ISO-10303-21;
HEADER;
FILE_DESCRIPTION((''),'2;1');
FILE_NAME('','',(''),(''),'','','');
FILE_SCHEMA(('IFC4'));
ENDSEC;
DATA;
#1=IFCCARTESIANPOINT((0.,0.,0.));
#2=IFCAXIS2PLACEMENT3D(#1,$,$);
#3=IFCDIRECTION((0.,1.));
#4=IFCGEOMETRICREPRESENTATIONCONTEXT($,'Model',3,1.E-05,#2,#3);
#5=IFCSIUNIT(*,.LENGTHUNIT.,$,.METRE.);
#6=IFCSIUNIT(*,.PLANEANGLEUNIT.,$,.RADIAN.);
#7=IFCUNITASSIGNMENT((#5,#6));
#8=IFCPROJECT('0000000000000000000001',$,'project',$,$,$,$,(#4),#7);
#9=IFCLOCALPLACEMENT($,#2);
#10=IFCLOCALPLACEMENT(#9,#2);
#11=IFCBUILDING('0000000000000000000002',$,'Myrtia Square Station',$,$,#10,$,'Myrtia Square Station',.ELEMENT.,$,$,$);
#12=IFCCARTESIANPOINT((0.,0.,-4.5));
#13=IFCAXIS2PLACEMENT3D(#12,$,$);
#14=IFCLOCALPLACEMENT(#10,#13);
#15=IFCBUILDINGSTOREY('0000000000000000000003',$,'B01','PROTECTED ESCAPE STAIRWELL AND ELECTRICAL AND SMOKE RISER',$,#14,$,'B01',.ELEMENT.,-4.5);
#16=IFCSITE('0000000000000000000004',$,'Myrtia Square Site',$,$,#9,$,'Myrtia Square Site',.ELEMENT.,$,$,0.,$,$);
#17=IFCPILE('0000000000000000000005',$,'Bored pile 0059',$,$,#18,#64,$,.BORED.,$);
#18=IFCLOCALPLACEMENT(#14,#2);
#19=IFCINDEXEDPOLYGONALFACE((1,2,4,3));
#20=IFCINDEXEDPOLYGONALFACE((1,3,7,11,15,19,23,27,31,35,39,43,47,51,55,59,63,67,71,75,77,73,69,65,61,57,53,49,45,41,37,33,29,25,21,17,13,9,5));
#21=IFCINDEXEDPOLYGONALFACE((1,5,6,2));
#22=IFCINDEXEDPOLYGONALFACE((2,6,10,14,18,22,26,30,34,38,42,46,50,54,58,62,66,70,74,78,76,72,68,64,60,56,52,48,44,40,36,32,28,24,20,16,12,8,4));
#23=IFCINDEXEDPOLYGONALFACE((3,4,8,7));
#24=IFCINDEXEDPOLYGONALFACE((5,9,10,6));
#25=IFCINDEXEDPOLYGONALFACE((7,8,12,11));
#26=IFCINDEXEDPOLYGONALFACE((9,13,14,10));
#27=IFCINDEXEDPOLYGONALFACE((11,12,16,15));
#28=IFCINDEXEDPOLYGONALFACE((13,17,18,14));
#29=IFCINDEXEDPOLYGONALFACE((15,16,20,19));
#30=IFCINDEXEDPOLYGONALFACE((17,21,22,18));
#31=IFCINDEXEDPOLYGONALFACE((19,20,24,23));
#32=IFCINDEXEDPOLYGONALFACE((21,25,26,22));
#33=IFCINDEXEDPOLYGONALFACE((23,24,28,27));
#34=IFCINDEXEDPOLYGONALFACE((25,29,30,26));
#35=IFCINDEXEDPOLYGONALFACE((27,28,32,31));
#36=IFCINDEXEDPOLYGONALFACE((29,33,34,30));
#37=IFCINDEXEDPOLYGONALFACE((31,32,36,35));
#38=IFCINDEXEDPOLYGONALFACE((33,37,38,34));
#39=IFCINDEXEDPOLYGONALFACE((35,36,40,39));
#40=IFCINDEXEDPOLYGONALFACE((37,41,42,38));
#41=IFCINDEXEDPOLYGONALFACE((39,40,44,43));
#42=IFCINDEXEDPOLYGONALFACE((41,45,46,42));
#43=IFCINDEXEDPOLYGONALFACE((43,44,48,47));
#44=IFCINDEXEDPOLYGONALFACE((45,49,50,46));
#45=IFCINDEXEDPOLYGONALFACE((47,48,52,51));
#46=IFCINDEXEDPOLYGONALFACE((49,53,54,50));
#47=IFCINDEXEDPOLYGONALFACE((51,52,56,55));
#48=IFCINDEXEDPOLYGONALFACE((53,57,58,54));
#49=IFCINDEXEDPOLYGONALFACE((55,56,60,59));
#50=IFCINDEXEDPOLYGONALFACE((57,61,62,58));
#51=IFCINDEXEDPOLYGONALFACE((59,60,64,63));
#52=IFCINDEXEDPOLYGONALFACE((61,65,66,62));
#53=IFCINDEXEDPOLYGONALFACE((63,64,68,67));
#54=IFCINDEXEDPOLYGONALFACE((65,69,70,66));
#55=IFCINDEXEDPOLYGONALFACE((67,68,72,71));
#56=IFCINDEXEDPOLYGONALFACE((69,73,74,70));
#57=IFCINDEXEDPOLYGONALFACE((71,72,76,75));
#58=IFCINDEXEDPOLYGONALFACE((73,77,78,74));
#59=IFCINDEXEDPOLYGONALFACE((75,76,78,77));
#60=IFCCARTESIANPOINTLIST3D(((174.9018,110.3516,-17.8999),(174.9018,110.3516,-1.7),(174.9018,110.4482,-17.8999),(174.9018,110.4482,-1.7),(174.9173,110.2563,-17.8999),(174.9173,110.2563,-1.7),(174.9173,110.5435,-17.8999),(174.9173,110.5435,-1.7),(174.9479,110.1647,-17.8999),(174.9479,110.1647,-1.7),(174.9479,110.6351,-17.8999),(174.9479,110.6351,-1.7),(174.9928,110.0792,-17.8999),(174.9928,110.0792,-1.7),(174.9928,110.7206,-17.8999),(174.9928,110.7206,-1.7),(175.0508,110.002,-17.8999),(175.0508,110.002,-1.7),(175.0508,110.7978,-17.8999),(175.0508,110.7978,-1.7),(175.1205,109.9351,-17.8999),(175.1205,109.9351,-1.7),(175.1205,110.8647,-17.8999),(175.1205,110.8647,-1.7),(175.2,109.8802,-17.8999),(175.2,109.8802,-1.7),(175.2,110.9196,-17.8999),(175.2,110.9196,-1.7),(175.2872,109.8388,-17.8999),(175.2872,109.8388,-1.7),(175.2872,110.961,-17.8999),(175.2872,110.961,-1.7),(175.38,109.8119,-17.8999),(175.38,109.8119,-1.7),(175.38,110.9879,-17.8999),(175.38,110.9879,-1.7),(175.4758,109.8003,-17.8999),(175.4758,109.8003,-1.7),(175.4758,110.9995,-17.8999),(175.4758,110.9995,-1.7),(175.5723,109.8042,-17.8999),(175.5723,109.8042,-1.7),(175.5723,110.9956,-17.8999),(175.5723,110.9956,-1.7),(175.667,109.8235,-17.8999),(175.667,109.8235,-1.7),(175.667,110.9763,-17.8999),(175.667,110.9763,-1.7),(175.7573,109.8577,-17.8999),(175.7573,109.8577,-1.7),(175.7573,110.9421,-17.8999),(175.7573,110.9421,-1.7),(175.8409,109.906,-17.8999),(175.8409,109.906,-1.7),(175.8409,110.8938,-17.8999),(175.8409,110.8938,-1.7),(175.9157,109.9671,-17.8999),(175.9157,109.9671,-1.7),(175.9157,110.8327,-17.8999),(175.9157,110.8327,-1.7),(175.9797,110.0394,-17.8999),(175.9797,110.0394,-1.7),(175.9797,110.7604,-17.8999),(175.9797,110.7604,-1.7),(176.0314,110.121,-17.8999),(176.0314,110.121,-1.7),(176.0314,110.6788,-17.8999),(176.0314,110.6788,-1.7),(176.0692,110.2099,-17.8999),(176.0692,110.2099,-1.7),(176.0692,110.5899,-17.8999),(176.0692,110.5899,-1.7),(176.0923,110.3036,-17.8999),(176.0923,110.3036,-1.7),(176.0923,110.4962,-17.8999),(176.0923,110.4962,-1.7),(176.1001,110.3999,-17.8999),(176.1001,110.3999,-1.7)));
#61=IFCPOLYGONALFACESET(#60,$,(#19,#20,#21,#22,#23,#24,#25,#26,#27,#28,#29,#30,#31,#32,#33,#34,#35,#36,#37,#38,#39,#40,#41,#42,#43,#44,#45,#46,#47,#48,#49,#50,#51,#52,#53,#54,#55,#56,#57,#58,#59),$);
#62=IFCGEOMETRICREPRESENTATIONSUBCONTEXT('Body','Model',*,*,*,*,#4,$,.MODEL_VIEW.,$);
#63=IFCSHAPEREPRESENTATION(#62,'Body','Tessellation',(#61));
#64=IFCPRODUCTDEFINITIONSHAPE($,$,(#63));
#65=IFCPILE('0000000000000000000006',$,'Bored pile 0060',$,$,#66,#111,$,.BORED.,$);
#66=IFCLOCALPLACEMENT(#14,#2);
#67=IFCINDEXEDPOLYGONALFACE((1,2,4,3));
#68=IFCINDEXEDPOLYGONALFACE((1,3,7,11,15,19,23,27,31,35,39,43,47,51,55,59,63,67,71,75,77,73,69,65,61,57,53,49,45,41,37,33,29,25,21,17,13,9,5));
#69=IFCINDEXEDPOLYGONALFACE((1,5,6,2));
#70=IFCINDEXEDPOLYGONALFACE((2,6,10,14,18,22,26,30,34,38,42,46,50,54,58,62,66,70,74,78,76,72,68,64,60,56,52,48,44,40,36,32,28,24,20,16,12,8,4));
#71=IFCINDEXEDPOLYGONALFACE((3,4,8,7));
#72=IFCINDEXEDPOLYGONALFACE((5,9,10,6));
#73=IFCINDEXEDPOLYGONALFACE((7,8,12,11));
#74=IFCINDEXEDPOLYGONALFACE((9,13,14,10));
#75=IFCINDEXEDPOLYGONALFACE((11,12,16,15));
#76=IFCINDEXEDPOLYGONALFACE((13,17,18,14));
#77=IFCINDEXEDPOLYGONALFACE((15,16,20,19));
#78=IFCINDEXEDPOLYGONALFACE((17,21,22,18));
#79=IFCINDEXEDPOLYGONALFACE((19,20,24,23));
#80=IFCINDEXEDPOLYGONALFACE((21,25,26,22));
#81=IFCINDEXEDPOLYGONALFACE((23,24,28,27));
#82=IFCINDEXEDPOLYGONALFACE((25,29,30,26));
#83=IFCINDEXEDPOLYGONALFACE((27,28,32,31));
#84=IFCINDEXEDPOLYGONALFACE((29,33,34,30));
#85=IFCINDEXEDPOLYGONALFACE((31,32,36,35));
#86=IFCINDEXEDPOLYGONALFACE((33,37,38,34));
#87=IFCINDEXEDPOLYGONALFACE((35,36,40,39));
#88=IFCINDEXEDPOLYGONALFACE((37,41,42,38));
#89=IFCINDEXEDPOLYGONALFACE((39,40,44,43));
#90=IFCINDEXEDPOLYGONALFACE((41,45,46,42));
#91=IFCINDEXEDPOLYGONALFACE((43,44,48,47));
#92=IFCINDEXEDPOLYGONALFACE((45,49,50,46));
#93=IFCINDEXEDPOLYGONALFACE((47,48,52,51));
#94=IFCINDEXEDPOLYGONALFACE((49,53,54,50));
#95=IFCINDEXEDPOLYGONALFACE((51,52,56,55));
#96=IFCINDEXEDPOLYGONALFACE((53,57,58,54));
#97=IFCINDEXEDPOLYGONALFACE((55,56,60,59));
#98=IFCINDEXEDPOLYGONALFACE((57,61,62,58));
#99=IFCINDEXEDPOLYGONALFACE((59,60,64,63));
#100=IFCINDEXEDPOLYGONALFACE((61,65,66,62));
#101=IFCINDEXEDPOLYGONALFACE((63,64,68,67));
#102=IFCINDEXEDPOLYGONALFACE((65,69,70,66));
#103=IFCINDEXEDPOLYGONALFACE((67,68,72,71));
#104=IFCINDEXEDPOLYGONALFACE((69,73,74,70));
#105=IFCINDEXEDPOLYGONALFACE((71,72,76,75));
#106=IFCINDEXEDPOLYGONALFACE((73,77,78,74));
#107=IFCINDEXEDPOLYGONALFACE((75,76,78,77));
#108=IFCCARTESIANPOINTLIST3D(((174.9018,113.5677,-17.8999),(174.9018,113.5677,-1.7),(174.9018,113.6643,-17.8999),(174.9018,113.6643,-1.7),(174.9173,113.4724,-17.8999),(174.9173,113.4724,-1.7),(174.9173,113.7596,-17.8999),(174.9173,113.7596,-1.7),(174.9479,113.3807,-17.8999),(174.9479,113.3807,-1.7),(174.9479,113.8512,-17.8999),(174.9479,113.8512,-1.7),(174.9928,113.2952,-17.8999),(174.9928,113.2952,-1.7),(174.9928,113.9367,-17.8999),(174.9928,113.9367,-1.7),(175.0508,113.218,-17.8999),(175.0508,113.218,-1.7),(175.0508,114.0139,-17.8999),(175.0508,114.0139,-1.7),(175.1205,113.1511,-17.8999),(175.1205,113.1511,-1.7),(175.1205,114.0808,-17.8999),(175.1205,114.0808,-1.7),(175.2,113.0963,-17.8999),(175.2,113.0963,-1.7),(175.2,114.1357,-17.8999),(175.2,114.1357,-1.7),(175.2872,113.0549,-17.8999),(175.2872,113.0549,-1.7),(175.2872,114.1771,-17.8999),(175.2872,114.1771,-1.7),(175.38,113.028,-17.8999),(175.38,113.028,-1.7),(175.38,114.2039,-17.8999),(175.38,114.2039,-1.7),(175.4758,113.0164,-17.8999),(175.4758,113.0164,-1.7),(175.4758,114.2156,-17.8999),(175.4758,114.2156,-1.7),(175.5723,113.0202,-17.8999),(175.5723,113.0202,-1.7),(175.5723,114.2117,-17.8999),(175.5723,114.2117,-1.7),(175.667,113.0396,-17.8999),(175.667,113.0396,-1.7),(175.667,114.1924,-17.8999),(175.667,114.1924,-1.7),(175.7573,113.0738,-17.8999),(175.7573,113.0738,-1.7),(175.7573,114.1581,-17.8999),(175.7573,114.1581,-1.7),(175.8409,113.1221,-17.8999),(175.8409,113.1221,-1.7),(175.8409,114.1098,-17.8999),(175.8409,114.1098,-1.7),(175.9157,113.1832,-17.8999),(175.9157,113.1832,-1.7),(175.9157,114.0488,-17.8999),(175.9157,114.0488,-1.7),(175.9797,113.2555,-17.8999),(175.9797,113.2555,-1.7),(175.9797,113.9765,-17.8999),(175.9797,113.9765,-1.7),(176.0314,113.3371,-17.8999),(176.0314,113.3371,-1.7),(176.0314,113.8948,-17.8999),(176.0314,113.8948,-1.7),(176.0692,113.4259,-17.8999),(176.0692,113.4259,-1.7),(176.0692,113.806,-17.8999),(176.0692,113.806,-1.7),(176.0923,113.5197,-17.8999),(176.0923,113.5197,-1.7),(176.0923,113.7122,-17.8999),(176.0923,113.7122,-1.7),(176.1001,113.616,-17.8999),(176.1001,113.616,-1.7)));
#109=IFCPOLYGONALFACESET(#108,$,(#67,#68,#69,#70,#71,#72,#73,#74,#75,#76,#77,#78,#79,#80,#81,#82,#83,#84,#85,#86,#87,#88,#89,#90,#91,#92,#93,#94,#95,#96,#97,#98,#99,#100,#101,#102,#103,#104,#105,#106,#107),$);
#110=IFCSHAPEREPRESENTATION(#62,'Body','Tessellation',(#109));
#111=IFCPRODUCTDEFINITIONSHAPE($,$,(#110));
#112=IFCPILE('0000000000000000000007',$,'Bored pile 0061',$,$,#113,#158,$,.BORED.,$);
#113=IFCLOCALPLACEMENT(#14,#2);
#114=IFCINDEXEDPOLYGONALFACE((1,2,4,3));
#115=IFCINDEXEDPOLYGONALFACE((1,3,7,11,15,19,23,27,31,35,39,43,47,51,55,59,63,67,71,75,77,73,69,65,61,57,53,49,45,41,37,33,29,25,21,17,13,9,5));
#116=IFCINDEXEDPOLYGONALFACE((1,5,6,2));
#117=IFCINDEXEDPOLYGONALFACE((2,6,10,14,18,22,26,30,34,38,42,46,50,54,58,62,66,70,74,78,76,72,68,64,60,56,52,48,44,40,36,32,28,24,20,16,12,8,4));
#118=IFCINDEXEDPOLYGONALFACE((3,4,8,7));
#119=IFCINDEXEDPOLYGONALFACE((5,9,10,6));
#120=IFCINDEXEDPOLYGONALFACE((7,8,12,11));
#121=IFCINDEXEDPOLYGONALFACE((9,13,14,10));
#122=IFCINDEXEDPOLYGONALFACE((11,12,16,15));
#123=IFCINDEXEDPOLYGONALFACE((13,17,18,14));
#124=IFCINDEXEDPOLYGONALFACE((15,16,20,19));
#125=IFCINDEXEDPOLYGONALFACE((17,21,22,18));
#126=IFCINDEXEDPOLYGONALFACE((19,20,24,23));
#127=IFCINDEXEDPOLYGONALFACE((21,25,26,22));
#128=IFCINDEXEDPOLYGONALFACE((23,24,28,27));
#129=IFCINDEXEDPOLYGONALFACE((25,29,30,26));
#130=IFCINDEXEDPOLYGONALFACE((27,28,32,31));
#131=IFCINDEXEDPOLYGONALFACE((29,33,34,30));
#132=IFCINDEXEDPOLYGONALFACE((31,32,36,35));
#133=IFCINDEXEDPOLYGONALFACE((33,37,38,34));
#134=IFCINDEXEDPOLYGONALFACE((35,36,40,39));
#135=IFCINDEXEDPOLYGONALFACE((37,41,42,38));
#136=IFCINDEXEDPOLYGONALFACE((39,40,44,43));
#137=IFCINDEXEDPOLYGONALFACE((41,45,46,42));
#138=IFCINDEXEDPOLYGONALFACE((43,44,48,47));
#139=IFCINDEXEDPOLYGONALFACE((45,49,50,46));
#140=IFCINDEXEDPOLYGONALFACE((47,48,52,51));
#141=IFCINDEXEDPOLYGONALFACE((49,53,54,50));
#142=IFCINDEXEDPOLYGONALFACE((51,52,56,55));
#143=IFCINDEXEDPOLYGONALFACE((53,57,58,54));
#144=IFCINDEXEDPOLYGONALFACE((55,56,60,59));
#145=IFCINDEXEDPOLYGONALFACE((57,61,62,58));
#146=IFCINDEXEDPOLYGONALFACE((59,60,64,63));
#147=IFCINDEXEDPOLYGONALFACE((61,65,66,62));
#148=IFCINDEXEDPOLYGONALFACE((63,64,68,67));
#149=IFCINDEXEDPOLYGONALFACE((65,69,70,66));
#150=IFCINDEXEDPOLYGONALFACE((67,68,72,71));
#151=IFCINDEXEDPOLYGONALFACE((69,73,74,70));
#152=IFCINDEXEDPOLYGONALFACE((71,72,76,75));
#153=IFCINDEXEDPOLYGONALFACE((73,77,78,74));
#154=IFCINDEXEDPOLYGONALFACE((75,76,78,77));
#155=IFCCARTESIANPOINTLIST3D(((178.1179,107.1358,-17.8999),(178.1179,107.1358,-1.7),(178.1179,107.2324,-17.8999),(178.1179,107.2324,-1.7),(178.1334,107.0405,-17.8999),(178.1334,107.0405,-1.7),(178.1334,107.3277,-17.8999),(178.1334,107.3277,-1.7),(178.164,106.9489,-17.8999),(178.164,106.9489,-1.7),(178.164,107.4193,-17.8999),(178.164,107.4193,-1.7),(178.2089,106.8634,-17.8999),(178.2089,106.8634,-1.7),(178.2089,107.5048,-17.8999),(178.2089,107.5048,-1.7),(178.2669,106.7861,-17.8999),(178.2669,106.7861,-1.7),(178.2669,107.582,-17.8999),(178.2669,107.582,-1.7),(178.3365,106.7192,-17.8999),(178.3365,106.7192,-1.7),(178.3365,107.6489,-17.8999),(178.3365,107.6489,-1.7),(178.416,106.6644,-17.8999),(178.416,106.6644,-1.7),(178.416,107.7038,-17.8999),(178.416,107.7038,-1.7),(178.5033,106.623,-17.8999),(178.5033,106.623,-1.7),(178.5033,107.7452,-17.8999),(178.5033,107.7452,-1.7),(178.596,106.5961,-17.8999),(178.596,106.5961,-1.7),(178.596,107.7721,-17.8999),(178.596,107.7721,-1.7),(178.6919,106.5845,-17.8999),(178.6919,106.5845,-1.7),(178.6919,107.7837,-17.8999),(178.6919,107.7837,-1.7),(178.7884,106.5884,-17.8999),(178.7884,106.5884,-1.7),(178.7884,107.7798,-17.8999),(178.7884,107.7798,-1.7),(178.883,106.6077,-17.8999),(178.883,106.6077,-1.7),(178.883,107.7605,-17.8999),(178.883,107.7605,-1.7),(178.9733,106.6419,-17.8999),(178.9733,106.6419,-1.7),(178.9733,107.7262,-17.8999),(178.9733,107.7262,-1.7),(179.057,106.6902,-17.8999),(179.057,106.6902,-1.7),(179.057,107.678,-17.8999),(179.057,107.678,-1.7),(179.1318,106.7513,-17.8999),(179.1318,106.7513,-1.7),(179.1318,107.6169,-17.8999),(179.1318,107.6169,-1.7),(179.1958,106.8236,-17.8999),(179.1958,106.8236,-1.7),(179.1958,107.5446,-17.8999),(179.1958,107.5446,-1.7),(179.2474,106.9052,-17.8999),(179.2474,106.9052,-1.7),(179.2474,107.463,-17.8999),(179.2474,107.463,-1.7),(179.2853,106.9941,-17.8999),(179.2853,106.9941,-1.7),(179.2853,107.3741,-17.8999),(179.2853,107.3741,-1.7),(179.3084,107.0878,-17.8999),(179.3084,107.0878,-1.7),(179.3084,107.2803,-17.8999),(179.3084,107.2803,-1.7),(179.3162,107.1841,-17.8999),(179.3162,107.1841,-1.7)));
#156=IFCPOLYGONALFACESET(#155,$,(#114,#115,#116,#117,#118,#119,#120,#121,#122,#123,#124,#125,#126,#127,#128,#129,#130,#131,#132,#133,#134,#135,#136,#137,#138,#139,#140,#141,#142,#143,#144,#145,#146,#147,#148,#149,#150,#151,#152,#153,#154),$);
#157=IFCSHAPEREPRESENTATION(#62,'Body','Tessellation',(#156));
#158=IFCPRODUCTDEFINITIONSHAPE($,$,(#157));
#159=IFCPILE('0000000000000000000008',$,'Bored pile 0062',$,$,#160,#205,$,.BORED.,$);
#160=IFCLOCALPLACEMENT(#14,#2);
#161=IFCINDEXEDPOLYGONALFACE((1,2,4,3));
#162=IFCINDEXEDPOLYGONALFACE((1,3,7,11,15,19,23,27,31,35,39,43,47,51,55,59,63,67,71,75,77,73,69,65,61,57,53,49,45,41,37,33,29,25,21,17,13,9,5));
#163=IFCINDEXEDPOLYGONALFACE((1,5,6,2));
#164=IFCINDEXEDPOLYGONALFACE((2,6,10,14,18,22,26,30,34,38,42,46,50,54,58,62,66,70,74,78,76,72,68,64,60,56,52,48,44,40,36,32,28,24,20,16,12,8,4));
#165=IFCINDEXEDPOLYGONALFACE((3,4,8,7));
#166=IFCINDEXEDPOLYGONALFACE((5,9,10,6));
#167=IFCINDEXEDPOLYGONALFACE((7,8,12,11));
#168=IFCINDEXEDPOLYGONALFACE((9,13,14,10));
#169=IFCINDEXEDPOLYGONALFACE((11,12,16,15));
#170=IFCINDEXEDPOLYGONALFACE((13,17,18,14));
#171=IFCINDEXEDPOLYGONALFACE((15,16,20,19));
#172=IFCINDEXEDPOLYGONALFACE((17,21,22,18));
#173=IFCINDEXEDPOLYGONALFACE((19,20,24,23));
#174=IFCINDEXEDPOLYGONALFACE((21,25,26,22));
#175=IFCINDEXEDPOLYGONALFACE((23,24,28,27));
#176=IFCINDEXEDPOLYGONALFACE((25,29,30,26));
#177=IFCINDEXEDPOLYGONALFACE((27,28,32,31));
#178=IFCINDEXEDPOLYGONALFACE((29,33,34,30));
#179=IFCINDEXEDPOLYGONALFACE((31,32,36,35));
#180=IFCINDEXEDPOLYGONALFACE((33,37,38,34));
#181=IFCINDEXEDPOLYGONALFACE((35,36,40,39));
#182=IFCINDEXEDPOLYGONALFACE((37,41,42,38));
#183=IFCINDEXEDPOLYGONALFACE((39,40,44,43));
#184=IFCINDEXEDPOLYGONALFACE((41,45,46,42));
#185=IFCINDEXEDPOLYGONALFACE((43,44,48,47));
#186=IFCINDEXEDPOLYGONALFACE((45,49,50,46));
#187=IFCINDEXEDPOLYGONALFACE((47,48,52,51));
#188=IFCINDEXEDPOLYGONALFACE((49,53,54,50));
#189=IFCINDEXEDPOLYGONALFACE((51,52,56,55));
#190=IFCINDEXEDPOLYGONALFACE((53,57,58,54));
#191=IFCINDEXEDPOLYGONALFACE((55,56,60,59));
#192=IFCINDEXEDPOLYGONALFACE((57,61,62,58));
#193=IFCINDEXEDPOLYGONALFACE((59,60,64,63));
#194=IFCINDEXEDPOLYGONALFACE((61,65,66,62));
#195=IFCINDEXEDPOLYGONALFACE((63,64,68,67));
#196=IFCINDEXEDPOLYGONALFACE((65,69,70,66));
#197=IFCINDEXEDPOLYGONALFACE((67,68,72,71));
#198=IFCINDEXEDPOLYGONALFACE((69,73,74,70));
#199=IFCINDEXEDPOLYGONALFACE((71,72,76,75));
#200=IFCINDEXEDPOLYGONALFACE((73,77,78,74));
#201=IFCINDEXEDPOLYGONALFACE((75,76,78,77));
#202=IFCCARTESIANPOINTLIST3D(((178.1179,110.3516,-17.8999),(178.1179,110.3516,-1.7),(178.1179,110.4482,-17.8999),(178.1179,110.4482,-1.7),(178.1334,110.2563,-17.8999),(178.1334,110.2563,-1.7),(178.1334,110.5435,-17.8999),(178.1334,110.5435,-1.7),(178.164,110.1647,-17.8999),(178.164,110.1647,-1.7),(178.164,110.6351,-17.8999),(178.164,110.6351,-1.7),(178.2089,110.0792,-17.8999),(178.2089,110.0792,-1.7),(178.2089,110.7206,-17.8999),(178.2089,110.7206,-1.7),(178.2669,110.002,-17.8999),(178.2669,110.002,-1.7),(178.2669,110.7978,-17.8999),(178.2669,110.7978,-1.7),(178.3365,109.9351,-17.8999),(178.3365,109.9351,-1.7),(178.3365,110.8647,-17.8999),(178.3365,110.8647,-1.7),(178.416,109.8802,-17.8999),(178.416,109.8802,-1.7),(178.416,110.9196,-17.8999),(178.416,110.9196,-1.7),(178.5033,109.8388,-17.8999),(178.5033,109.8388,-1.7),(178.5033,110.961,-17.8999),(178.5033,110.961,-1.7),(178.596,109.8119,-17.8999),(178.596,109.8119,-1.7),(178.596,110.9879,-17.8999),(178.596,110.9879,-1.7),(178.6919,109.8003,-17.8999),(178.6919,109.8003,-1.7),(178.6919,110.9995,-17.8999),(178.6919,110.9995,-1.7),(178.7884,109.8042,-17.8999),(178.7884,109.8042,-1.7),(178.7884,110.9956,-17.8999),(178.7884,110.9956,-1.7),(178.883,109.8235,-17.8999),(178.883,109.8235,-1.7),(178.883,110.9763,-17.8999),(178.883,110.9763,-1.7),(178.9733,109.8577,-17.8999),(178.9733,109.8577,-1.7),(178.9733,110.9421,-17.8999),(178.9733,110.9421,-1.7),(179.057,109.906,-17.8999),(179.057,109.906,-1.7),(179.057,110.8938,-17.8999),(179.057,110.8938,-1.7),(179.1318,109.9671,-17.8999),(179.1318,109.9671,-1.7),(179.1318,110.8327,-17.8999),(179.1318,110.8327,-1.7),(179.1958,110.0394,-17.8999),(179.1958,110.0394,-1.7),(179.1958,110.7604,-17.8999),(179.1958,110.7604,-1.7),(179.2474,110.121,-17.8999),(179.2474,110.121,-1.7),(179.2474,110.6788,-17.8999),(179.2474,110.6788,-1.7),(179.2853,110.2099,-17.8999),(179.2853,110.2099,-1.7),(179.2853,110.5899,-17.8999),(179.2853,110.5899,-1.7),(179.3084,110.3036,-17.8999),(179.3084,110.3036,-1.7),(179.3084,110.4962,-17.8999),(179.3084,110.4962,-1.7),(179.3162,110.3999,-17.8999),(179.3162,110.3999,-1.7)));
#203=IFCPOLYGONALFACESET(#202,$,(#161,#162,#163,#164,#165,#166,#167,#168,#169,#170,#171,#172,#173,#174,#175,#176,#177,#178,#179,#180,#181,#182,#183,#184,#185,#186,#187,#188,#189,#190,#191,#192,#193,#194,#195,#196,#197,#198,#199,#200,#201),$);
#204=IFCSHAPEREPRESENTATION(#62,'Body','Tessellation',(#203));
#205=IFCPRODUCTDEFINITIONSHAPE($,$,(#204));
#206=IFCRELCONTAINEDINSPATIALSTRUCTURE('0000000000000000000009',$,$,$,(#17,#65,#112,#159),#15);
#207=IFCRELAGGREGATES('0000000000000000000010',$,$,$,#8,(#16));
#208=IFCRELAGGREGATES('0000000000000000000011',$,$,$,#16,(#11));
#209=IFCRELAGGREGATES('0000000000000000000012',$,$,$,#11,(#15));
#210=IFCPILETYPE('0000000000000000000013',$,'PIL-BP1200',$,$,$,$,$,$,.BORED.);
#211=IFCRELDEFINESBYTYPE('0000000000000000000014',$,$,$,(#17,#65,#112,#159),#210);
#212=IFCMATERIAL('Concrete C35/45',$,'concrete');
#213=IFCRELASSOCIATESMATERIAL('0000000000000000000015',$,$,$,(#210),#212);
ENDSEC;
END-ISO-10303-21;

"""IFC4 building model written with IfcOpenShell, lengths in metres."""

from ifc_helpers import new_model, si_unit, direction, frame, origin, origin_2d, place, context, subcontext, project, spatial, circle, extrude, material, material_profile, profile_set, type_object, element, save


model = new_model("IFC4")

# Units and contexts
model_context = context("Model", 3, precision=1e-05, world=origin(), true_north=direction((0.0, 1.0)))
body_context = subcontext(model_context, "Body", "Model", "MODEL_VIEW")
ifc_project = project(units=[si_unit("LENGTHUNIT", "METRE"), si_unit("PLANEANGLEUNIT", "RADIAN")], contexts=[model_context])

# Site, building, storey
site_placement = place(None, origin())
site = spatial("IfcSite", under=ifc_project, at=site_placement, Name="Myrtia Square Site", LongName="Myrtia Square Site", CompositionType="ELEMENT", RefElevation=0.0)
building_placement = place(site_placement, origin())
building = spatial("IfcBuilding", under=site, at=building_placement, Name="Myrtia Square Station", LongName="Myrtia Square Station", CompositionType="ELEMENT")
storey_placement = place(building_placement, frame((0.0, 0.0, -4.5)))
storey = spatial("IfcBuildingStorey", under=building, at=storey_placement, Name="B01", Description="PROTECTED ESCAPE STAIRWELL AND ELECTRICAL AND SMOKE RISER", LongName="B01", CompositionType="ELEMENT", Elevation=-4.5)

# Shared definitions
ifc_material_1 = material(Name="Concrete C35/45", Category="concrete")

# Piles
ifc_material_profile_1 = material_profile(ifc_material_1, circle(Radius=0.6001, at=origin_2d()), Name="BP D1200")
ifc_profile_set_1 = profile_set([ifc_material_profile_1], Name="Concrete C35/45")
pile_type_1 = type_object("IfcPileType", Name="PIL-BP1200", PredefinedType="BORED", material=ifc_profile_set_1)
for number, where, z_axis, x_axis, name in (
    (1, (175.5, 110.3999, -1.7), (0.0, 0.0, -1.0), (1.0, 0.0, 0.0), "Bored pile 0059"),
    (2, (175.5, 113.616, -1.7), (0.0, 0.0, -1.0), (1.0, 0.0, 0.0), "Bored pile 0060"),
    (3, (178.7161, 107.1841, -1.7), (0.0, 0.0, -1.0), (1.0, 0.0, 0.0), "Bored pile 0061"),
    (4, (178.7161, 110.3999, -1.7), (0.0, 0.0, -1.0), (1.0, 0.0, 0.0), "Bored pile 0062"),
):
    element("IfcPile", number, at=place(storey_placement, frame(where, z_axis=z_axis, x_axis=x_axis)), inside=storey, type_object=pile_type_1, Name=name, PredefinedType="BORED", context=body_context, shape_type="SweptSolid", body=[
        extrude(circle(Radius=0.6001, at=origin_2d()), origin(), (0.0, 0.0, 1.0), 16.2),
    ])

save(model, "model.ifc")
